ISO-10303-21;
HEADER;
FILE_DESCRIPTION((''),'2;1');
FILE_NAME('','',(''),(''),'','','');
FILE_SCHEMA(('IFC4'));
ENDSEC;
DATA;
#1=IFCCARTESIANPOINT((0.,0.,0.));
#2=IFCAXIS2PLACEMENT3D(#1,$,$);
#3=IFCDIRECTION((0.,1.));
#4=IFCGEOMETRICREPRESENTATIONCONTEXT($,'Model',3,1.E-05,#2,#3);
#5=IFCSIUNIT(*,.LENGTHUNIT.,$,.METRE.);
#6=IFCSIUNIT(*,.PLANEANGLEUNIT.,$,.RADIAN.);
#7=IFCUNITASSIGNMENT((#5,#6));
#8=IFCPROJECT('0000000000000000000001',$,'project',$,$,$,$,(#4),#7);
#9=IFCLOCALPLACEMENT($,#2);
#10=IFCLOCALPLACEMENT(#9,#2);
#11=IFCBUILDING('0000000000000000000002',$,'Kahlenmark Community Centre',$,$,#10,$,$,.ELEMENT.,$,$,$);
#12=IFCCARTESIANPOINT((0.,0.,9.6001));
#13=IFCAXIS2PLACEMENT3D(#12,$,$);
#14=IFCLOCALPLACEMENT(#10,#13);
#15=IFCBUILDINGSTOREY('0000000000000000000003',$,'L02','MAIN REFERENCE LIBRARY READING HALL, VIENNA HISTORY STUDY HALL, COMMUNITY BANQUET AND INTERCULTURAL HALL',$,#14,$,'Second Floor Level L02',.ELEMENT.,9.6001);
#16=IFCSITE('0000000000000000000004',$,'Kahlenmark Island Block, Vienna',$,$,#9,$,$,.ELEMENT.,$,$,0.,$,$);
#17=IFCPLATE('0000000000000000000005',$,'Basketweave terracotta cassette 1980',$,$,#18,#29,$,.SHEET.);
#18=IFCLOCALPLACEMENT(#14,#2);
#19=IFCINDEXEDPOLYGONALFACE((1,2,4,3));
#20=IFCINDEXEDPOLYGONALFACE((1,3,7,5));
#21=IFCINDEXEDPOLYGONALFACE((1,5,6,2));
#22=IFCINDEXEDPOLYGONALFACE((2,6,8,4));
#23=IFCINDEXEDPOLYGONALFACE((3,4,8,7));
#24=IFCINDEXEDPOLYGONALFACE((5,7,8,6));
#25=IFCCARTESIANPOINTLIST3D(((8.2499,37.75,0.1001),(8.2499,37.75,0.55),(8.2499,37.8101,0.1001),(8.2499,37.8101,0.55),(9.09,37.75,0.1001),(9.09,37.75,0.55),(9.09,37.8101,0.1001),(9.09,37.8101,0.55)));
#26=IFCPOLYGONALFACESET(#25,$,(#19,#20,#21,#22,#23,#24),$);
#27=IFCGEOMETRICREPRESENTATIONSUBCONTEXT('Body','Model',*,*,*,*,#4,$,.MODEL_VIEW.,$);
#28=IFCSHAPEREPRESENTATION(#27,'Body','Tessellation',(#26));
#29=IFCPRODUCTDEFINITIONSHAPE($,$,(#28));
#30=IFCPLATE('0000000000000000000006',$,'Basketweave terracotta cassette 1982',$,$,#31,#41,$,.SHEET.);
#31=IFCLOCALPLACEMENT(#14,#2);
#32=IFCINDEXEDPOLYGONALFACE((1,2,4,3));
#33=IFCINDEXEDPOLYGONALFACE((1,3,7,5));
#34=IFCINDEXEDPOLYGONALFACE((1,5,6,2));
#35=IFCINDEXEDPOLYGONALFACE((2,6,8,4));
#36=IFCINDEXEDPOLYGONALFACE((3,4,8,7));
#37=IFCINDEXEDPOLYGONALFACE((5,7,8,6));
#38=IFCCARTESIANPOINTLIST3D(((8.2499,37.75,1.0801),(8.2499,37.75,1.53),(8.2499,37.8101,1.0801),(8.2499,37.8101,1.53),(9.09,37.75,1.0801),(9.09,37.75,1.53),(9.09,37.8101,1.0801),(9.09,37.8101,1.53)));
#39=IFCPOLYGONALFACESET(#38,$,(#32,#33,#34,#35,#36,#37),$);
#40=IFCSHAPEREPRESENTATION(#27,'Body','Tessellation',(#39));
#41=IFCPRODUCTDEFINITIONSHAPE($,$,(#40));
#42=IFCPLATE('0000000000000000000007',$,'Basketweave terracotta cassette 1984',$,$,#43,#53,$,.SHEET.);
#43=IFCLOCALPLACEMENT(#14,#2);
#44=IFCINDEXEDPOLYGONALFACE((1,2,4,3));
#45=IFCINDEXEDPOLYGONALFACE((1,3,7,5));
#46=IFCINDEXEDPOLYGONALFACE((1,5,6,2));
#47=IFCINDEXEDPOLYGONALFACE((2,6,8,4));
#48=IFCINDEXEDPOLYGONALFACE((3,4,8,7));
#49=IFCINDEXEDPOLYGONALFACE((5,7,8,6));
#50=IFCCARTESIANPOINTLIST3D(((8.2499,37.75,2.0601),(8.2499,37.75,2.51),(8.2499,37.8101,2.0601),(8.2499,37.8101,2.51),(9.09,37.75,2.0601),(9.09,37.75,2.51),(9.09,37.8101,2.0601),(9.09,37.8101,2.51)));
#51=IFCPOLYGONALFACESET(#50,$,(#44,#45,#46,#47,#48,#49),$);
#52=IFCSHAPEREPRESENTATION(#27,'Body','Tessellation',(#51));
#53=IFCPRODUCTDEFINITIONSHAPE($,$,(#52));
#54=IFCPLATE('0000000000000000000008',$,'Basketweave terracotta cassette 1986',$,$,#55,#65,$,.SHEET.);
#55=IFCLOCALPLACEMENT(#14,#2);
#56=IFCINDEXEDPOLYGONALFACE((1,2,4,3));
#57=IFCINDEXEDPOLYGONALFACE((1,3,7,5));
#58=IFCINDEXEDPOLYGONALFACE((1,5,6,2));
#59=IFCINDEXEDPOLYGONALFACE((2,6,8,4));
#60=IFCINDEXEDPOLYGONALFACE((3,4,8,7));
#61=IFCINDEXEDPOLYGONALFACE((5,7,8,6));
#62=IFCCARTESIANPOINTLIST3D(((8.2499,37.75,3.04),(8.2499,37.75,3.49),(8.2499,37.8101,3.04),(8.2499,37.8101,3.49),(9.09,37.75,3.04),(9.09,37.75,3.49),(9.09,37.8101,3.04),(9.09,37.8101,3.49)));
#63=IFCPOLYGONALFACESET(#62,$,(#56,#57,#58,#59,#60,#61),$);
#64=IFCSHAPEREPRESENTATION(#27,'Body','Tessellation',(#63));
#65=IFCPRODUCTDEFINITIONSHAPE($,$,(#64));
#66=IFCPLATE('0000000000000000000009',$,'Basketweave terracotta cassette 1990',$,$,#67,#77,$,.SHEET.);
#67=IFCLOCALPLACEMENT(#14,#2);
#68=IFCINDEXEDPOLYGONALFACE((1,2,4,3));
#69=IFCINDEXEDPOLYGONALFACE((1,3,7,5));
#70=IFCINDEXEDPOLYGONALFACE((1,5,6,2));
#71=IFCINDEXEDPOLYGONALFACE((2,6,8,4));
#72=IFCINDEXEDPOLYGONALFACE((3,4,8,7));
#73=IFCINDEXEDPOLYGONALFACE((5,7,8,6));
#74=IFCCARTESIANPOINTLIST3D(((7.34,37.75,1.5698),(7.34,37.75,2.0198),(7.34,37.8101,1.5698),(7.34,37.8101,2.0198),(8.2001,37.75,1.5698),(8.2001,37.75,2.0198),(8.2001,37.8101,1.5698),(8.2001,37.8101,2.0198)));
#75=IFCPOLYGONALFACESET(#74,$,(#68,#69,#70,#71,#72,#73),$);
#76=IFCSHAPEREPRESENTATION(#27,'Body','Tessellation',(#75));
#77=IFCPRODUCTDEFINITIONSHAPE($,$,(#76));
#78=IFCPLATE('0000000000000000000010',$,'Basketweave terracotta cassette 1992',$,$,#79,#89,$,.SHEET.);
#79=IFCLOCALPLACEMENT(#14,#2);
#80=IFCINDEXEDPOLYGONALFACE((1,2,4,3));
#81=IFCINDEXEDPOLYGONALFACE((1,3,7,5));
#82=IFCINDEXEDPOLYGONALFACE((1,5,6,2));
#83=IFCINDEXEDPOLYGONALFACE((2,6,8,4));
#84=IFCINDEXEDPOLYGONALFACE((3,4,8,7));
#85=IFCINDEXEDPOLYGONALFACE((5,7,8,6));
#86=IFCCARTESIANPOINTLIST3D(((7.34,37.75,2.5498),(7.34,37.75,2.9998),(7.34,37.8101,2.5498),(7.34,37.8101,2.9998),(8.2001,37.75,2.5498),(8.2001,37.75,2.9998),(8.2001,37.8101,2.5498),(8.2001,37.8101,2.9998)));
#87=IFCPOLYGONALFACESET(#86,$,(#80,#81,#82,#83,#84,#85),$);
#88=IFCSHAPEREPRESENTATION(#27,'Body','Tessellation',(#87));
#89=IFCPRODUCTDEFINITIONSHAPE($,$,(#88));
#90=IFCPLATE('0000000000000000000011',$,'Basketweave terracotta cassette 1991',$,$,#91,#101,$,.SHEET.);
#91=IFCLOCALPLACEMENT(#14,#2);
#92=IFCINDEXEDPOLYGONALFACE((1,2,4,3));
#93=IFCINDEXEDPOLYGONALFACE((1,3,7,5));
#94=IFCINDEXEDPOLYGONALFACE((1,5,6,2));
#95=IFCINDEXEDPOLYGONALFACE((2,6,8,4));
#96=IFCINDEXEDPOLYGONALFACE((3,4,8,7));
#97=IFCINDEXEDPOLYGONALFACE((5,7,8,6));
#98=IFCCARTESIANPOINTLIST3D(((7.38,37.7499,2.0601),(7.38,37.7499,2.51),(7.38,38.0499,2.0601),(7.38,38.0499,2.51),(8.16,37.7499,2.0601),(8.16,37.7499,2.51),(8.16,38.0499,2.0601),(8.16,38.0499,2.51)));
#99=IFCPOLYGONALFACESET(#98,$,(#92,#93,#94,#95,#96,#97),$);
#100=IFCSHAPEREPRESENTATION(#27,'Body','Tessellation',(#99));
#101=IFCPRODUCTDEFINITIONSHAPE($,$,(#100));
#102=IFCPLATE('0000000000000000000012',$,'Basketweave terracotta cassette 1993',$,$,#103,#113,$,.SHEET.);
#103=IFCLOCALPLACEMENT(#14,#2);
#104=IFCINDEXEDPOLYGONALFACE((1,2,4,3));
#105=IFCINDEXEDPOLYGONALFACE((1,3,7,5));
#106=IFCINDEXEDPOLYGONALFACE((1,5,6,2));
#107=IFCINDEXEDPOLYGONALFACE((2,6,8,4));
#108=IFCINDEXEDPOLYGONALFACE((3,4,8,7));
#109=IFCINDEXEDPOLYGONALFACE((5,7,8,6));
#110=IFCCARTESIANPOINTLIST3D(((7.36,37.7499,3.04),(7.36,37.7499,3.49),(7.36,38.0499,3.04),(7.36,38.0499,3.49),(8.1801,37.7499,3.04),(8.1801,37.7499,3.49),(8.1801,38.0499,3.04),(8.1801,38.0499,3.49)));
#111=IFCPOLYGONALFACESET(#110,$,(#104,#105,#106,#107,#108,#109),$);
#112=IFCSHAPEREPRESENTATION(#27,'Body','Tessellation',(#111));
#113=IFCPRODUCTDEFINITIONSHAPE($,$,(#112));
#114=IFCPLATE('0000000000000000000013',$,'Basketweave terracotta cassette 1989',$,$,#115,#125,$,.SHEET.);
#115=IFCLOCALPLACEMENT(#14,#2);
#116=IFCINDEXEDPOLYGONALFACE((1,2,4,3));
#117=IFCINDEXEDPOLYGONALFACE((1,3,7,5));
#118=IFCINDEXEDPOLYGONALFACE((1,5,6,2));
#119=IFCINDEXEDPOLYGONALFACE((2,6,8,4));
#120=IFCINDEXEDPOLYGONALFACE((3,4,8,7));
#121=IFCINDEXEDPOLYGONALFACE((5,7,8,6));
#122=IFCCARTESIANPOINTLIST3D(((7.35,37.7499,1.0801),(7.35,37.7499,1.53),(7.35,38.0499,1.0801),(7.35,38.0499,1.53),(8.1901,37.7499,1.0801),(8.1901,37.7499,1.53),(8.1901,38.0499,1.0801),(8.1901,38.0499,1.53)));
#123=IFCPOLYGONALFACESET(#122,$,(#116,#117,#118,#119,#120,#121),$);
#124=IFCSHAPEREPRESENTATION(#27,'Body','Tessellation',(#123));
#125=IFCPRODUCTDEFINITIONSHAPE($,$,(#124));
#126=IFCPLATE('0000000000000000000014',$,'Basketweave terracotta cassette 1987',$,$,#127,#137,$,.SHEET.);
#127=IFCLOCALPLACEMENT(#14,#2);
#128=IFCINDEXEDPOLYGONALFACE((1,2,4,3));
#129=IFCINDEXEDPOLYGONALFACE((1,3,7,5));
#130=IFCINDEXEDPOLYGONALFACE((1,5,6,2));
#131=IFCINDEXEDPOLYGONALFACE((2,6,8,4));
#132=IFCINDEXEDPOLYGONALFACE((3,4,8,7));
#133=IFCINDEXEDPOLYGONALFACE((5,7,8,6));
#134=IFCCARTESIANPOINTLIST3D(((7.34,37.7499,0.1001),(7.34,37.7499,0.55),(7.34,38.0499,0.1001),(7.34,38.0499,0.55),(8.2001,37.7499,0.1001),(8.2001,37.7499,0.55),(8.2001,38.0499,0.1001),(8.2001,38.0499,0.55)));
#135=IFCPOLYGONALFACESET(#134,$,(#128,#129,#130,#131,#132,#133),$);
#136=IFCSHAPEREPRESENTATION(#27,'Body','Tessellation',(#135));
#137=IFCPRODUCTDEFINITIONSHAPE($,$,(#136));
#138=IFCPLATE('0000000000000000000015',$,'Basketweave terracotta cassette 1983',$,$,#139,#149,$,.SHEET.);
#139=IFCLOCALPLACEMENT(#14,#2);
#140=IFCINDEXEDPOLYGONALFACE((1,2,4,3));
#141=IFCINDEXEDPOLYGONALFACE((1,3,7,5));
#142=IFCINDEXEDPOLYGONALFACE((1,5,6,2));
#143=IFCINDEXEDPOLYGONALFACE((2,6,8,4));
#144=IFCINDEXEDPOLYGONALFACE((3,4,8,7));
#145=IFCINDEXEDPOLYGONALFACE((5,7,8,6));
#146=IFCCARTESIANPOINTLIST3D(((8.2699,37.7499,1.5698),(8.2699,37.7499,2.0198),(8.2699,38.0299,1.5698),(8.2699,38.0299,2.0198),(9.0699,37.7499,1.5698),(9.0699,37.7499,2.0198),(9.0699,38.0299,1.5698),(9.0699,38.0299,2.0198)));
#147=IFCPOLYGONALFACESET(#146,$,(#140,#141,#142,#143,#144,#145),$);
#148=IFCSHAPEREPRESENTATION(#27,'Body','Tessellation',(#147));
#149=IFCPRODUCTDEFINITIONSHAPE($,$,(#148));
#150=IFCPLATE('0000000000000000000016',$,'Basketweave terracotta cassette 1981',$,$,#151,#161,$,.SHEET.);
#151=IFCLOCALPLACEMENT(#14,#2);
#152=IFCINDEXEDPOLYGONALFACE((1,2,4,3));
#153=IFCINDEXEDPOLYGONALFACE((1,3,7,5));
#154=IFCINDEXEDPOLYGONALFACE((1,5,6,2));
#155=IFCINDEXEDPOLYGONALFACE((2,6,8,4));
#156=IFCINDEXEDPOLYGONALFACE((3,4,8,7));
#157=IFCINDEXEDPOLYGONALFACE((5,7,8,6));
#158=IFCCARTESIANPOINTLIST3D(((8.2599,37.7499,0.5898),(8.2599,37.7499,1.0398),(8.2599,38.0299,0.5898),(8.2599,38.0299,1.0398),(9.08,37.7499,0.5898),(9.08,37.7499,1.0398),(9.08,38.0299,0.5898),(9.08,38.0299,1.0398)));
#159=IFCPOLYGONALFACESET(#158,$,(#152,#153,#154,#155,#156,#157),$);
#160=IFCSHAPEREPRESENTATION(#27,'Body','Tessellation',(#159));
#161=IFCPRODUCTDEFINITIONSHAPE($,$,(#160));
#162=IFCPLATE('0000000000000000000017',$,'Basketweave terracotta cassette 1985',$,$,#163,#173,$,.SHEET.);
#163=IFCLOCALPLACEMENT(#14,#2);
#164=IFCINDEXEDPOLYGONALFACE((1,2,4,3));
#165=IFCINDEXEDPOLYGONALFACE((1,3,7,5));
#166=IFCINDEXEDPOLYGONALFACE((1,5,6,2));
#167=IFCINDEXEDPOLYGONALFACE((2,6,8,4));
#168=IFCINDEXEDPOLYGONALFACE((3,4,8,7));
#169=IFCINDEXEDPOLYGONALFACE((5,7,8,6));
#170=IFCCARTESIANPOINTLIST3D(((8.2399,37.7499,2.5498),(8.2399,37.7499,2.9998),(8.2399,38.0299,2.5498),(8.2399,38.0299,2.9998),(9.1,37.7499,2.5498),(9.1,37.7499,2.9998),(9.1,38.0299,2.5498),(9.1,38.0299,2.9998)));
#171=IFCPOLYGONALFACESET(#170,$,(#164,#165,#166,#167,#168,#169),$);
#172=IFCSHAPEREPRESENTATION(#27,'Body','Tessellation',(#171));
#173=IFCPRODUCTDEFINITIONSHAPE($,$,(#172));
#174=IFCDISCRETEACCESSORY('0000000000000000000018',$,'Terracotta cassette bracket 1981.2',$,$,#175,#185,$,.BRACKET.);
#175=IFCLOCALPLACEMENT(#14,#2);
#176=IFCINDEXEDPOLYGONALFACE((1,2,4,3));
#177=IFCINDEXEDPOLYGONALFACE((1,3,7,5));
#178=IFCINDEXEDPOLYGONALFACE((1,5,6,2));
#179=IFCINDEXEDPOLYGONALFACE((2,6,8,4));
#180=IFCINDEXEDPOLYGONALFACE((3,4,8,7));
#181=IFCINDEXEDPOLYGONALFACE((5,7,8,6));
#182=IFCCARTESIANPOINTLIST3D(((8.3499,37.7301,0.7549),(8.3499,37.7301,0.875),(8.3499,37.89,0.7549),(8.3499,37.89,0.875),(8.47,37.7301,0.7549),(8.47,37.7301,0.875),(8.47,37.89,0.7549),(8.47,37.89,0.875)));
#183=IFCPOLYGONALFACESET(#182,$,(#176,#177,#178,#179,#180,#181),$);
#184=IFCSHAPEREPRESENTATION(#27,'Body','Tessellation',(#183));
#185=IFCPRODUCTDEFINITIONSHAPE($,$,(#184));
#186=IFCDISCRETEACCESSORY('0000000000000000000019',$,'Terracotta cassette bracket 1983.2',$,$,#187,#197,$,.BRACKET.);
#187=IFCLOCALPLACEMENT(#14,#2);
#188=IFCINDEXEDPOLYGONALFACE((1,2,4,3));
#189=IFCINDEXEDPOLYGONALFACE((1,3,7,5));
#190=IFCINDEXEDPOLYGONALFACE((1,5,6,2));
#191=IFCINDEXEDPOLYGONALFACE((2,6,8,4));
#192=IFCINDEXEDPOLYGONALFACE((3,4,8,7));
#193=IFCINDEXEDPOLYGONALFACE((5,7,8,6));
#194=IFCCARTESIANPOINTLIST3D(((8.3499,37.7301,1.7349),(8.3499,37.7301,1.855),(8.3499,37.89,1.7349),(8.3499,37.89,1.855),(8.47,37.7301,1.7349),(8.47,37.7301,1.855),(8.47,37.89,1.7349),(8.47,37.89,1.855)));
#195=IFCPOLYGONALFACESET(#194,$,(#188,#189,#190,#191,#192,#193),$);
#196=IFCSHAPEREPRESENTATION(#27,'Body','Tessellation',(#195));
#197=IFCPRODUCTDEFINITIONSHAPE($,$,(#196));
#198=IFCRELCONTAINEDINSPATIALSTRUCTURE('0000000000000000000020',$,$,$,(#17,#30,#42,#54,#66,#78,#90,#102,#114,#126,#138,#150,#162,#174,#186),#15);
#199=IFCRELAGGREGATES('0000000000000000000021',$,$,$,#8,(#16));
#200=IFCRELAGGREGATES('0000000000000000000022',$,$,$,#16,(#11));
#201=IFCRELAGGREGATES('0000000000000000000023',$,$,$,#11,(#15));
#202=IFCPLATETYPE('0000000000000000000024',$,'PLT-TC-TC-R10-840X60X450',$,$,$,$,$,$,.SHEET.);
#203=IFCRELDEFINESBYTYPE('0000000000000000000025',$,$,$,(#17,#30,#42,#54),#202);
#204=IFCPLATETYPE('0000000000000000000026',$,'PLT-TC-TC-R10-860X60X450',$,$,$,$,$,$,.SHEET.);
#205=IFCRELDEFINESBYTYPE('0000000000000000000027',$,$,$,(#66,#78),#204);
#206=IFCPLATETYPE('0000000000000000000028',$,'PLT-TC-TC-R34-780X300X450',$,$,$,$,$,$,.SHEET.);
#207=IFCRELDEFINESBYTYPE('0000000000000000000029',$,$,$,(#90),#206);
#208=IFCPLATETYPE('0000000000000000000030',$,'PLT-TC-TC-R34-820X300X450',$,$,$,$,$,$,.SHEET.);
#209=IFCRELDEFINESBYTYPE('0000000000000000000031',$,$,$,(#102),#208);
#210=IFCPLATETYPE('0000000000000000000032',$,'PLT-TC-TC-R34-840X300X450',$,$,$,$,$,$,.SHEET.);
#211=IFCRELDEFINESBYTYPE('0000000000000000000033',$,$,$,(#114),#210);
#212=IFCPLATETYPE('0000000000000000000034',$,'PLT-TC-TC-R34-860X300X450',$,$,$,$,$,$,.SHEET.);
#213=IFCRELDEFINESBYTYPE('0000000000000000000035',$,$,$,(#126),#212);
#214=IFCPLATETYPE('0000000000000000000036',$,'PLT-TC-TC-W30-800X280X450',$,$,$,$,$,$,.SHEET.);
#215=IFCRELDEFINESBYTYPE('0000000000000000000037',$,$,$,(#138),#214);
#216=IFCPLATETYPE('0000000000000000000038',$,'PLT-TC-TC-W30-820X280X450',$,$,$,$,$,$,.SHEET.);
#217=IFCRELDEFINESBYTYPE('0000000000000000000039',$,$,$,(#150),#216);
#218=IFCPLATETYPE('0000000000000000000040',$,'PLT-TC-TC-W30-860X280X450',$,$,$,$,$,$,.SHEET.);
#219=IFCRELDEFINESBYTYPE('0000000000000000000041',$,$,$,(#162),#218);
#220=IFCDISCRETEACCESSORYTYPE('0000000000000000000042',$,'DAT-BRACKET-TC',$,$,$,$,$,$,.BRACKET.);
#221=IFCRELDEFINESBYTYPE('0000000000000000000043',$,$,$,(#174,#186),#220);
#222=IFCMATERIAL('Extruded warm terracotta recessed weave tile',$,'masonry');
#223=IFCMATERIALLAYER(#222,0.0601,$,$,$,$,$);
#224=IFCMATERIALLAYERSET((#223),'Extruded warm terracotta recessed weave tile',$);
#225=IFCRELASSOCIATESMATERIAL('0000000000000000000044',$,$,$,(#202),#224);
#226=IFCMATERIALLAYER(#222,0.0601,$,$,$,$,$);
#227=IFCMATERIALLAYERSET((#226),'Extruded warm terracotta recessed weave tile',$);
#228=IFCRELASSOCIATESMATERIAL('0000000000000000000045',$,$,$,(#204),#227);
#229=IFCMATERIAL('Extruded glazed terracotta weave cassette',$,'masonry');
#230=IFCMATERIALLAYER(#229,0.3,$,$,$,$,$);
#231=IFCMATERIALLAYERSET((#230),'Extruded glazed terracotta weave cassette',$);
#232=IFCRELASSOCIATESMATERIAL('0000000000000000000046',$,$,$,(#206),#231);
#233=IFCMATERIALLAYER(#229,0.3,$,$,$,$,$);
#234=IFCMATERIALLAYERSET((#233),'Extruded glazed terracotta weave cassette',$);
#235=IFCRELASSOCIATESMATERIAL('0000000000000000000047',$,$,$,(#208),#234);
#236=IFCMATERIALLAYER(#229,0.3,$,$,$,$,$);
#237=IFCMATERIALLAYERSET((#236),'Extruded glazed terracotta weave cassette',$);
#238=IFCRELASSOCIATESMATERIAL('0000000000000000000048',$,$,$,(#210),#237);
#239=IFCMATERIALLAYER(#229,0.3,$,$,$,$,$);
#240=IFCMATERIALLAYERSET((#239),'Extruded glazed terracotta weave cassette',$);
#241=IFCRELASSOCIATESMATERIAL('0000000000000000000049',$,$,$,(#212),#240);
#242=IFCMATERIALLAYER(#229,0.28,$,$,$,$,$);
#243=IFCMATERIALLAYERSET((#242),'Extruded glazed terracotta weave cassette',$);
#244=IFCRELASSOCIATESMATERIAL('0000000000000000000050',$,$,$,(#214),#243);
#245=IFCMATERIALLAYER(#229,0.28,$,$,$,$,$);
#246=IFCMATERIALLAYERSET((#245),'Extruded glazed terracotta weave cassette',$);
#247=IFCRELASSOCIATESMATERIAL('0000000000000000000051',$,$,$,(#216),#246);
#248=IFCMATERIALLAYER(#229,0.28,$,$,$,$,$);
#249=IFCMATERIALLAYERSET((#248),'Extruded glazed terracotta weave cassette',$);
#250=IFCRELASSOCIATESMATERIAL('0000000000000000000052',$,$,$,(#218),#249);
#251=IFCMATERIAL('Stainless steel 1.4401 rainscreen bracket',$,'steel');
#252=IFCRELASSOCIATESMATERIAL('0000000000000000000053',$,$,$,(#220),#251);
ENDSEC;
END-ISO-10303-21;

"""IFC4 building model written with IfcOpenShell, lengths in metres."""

from ifc_helpers import new_model, si_unit, direction, frame, origin, origin_2d, place, context, subcontext, project, spatial, rectangle, extrude, material, layer, layer_set, type_object, element, save


model = new_model("IFC4")

# Units and contexts
model_context = context("Model", 3, precision=1e-05, world=origin(), true_north=direction((0.0, 1.0)))
body_context = subcontext(model_context, "Body", "Model", "MODEL_VIEW")
ifc_project = project(units=[si_unit("LENGTHUNIT", "METRE"), si_unit("PLANEANGLEUNIT", "RADIAN")], contexts=[model_context])

# Site, building, storey
site_placement = place(None, origin())
site = spatial("IfcSite", under=ifc_project, at=site_placement, Name="Kahlenmark Island Block, Vienna", CompositionType="ELEMENT", RefElevation=0.0)
building_placement = place(site_placement, origin())
building = spatial("IfcBuilding", under=site, at=building_placement, Name="Kahlenmark Community Centre", CompositionType="ELEMENT")
storey_placement = place(building_placement, frame((0.0, 0.0, 9.6001)))
storey = spatial("IfcBuildingStorey", under=building, at=storey_placement, Name="L02", Description="MAIN REFERENCE LIBRARY READING HALL, VIENNA HISTORY STUDY HALL, COMMUNITY BANQUET AND INTERCULTURAL HALL", LongName="Second Floor Level L02", CompositionType="ELEMENT", Elevation=9.6001)

# Plates
ifc_material_1 = material(Name="Extruded warm terracotta recessed weave tile", Category="masonry")
ifc_layer_1 = layer(ifc_material_1, 0.0601)
ifc_layer_set_1 = layer_set([ifc_layer_1], Name="Extruded warm terracotta recessed weave tile")
plate_type_1 = type_object("IfcPlateType", Name="PLT-TC-TC-R10-840X60X450", PredefinedType="SHEET", material=ifc_layer_set_1)
for number, where, z_axis, x_axis, name in (
    (1, (8.6699, 37.78, 0.1001), (0.0, 0.0, 1.0), (-1.0, 0.0, 0.0), "Basketweave terracotta cassette 1980"),
    (2, (8.6699, 37.78, 1.0801), (0.0, 0.0, 1.0), (-1.0, 0.0, 0.0), "Basketweave terracotta cassette 1982"),
    (3, (8.6699, 37.78, 2.0601), (0.0, 0.0, 1.0), (-1.0, 0.0, 0.0), "Basketweave terracotta cassette 1984"),
    (4, (8.6699, 37.78, 3.04), (0.0, 0.0, 1.0), (-1.0, 0.0, 0.0), "Basketweave terracotta cassette 1986"),
):
    element("IfcPlate", number, at=place(storey_placement, frame(where, z_axis=z_axis, x_axis=x_axis)), inside=storey, type_object=plate_type_1, Name=name, PredefinedType="SHEET", context=body_context, shape_type="SweptSolid", body=[
        extrude(rectangle(XDim=0.8401, YDim=0.0601, at=origin_2d()), origin(), (0.0, 0.0, 1.0), 0.45),
    ])
ifc_layer_2 = layer(ifc_material_1, 0.0601)
ifc_layer_set_2 = layer_set([ifc_layer_2], Name="Extruded warm terracotta recessed weave tile")
plate_type_2 = type_object("IfcPlateType", Name="PLT-TC-TC-R10-860X60X450", PredefinedType="SHEET", material=ifc_layer_set_2)
for number, where, z_axis, x_axis, name in (
    (5, (7.77, 37.78, 1.5698), (0.0, 0.0, 1.0), (-1.0, 0.0, 0.0), "Basketweave terracotta cassette 1990"),
    (6, (7.77, 37.78, 2.5498), (0.0, 0.0, 1.0), (-1.0, 0.0, 0.0), "Basketweave terracotta cassette 1992"),
):
    element("IfcPlate", number, at=place(storey_placement, frame(where, z_axis=z_axis, x_axis=x_axis)), inside=storey, type_object=plate_type_2, Name=name, PredefinedType="SHEET", context=body_context, shape_type="SweptSolid", body=[
        extrude(rectangle(XDim=0.8601, YDim=0.0601, at=origin_2d()), origin(), (0.0, 0.0, 1.0), 0.45),
    ])
ifc_material_2 = material(Name="Extruded glazed terracotta weave cassette", Category="masonry")
ifc_layer_3 = layer(ifc_material_2, 0.3)
ifc_layer_set_3 = layer_set([ifc_layer_3], Name="Extruded glazed terracotta weave cassette")
plate_type_3 = type_object("IfcPlateType", Name="PLT-TC-TC-R34-780X300X450", PredefinedType="SHEET", material=ifc_layer_set_3)
plate_1_placement = place(storey_placement, frame((7.77, 37.8999, 2.0601), z_axis=(0.0, 0.0, 1.0), x_axis=(-1.0, 0.0, 0.0)))
element("IfcPlate", 7, at=plate_1_placement, inside=storey, type_object=plate_type_3, Name="Basketweave terracotta cassette 1991", PredefinedType="SHEET", context=body_context, shape_type="SweptSolid", body=[
    extrude(rectangle(XDim=0.78, YDim=0.3, at=origin_2d()), origin(), (0.0, 0.0, 1.0), 0.45),
])
ifc_layer_4 = layer(ifc_material_2, 0.3)
ifc_layer_set_4 = layer_set([ifc_layer_4], Name="Extruded glazed terracotta weave cassette")
plate_type_4 = type_object("IfcPlateType", Name="PLT-TC-TC-R34-820X300X450", PredefinedType="SHEET", material=ifc_layer_set_4)
plate_2_placement = place(storey_placement, frame((7.77, 37.8999, 3.04), z_axis=(0.0, 0.0, 1.0), x_axis=(-1.0, 0.0, 0.0)))
element("IfcPlate", 8, at=plate_2_placement, inside=storey, type_object=plate_type_4, Name="Basketweave terracotta cassette 1993", PredefinedType="SHEET", context=body_context, shape_type="SweptSolid", body=[
    extrude(rectangle(XDim=0.8201, YDim=0.3, at=origin_2d()), origin(), (0.0, 0.0, 1.0), 0.45),
])
ifc_layer_5 = layer(ifc_material_2, 0.3)
ifc_layer_set_5 = layer_set([ifc_layer_5], Name="Extruded glazed terracotta weave cassette")
plate_type_5 = type_object("IfcPlateType", Name="PLT-TC-TC-R34-840X300X450", PredefinedType="SHEET", material=ifc_layer_set_5)
plate_3_placement = place(storey_placement, frame((7.77, 37.8999, 1.0801), z_axis=(0.0, 0.0, 1.0), x_axis=(-1.0, 0.0, 0.0)))
element("IfcPlate", 9, at=plate_3_placement, inside=storey, type_object=plate_type_5, Name="Basketweave terracotta cassette 1989", PredefinedType="SHEET", context=body_context, shape_type="SweptSolid", body=[
    extrude(rectangle(XDim=0.8401, YDim=0.3, at=origin_2d()), origin(), (0.0, 0.0, 1.0), 0.45),
])
ifc_layer_6 = layer(ifc_material_2, 0.3)
ifc_layer_set_6 = layer_set([ifc_layer_6], Name="Extruded glazed terracotta weave cassette")
plate_type_6 = type_object("IfcPlateType", Name="PLT-TC-TC-R34-860X300X450", PredefinedType="SHEET", material=ifc_layer_set_6)
plate_4_placement = place(storey_placement, frame((7.77, 37.8999, 0.1001), z_axis=(0.0, 0.0, 1.0), x_axis=(-1.0, 0.0, 0.0)))
element("IfcPlate", 10, at=plate_4_placement, inside=storey, type_object=plate_type_6, Name="Basketweave terracotta cassette 1987", PredefinedType="SHEET", context=body_context, shape_type="SweptSolid", body=[
    extrude(rectangle(XDim=0.8601, YDim=0.3, at=origin_2d()), origin(), (0.0, 0.0, 1.0), 0.45),
])
ifc_layer_7 = layer(ifc_material_2, 0.28)
ifc_layer_set_7 = layer_set([ifc_layer_7], Name="Extruded glazed terracotta weave cassette")
plate_type_7 = type_object("IfcPlateType", Name="PLT-TC-TC-W30-800X280X450", PredefinedType="SHEET", material=ifc_layer_set_7)
plate_5_placement = place(storey_placement, frame((8.6699, 37.8899, 1.5698), z_axis=(0.0, 0.0, 1.0), x_axis=(-1.0, 0.0, 0.0)))
element("IfcPlate", 11, at=plate_5_placement, inside=storey, type_object=plate_type_7, Name="Basketweave terracotta cassette 1983", PredefinedType="SHEET", context=body_context, shape_type="SweptSolid", body=[
    extrude(rectangle(XDim=0.8, YDim=0.28, at=origin_2d()), origin(), (0.0, 0.0, 1.0), 0.45),
])
ifc_layer_8 = layer(ifc_material_2, 0.28)
ifc_layer_set_8 = layer_set([ifc_layer_8], Name="Extruded glazed terracotta weave cassette")
plate_type_8 = type_object("IfcPlateType", Name="PLT-TC-TC-W30-820X280X450", PredefinedType="SHEET", material=ifc_layer_set_8)
plate_6_placement = place(storey_placement, frame((8.6699, 37.8899, 0.5898), z_axis=(0.0, 0.0, 1.0), x_axis=(-1.0, 0.0, 0.0)))
element("IfcPlate", 12, at=plate_6_placement, inside=storey, type_object=plate_type_8, Name="Basketweave terracotta cassette 1981", PredefinedType="SHEET", context=body_context, shape_type="SweptSolid", body=[
    extrude(rectangle(XDim=0.8201, YDim=0.28, at=origin_2d()), origin(), (0.0, 0.0, 1.0), 0.45),
])
ifc_layer_9 = layer(ifc_material_2, 0.28)
ifc_layer_set_9 = layer_set([ifc_layer_9], Name="Extruded glazed terracotta weave cassette")
plate_type_9 = type_object("IfcPlateType", Name="PLT-TC-TC-W30-860X280X450", PredefinedType="SHEET", material=ifc_layer_set_9)
plate_7_placement = place(storey_placement, frame((8.6699, 37.8899, 2.5498), z_axis=(0.0, 0.0, 1.0), x_axis=(-1.0, 0.0, 0.0)))
element("IfcPlate", 13, at=plate_7_placement, inside=storey, type_object=plate_type_9, Name="Basketweave terracotta cassette 1985", PredefinedType="SHEET", context=body_context, shape_type="SweptSolid", body=[
    extrude(rectangle(XDim=0.8601, YDim=0.28, at=origin_2d()), origin(), (0.0, 0.0, 1.0), 0.45),
])

# Discrete accessories
ifc_material_3 = material(Name="Stainless steel 1.4401 rainscreen bracket", Category="steel")
discrete_accessory_type = type_object("IfcDiscreteAccessoryType", Name="DAT-BRACKET-TC", PredefinedType="BRACKET", material=ifc_material_3)
for number, where, z_axis, x_axis, name in (
    (14, (8.4099, 37.8101, 0.7549), (0.0, 0.0, 1.0), (-1.0, 0.0, 0.0), "Terracotta cassette bracket 1981.2"),
    (15, (8.4099, 37.8101, 1.7349), (0.0, 0.0, 1.0), (-1.0, 0.0, 0.0), "Terracotta cassette bracket 1983.2"),
):
    element("IfcDiscreteAccessory", number, at=place(storey_placement, frame(where, z_axis=z_axis, x_axis=x_axis)), inside=storey, type_object=discrete_accessory_type, Name=name, PredefinedType="BRACKET", context=body_context, shape_type="SweptSolid", body=[
        extrude(rectangle(XDim=0.1201, YDim=0.1599, at=origin_2d()), origin(), (0.0, 0.0, 1.0), 0.1201),
    ])

save(model, "model.ifc")
